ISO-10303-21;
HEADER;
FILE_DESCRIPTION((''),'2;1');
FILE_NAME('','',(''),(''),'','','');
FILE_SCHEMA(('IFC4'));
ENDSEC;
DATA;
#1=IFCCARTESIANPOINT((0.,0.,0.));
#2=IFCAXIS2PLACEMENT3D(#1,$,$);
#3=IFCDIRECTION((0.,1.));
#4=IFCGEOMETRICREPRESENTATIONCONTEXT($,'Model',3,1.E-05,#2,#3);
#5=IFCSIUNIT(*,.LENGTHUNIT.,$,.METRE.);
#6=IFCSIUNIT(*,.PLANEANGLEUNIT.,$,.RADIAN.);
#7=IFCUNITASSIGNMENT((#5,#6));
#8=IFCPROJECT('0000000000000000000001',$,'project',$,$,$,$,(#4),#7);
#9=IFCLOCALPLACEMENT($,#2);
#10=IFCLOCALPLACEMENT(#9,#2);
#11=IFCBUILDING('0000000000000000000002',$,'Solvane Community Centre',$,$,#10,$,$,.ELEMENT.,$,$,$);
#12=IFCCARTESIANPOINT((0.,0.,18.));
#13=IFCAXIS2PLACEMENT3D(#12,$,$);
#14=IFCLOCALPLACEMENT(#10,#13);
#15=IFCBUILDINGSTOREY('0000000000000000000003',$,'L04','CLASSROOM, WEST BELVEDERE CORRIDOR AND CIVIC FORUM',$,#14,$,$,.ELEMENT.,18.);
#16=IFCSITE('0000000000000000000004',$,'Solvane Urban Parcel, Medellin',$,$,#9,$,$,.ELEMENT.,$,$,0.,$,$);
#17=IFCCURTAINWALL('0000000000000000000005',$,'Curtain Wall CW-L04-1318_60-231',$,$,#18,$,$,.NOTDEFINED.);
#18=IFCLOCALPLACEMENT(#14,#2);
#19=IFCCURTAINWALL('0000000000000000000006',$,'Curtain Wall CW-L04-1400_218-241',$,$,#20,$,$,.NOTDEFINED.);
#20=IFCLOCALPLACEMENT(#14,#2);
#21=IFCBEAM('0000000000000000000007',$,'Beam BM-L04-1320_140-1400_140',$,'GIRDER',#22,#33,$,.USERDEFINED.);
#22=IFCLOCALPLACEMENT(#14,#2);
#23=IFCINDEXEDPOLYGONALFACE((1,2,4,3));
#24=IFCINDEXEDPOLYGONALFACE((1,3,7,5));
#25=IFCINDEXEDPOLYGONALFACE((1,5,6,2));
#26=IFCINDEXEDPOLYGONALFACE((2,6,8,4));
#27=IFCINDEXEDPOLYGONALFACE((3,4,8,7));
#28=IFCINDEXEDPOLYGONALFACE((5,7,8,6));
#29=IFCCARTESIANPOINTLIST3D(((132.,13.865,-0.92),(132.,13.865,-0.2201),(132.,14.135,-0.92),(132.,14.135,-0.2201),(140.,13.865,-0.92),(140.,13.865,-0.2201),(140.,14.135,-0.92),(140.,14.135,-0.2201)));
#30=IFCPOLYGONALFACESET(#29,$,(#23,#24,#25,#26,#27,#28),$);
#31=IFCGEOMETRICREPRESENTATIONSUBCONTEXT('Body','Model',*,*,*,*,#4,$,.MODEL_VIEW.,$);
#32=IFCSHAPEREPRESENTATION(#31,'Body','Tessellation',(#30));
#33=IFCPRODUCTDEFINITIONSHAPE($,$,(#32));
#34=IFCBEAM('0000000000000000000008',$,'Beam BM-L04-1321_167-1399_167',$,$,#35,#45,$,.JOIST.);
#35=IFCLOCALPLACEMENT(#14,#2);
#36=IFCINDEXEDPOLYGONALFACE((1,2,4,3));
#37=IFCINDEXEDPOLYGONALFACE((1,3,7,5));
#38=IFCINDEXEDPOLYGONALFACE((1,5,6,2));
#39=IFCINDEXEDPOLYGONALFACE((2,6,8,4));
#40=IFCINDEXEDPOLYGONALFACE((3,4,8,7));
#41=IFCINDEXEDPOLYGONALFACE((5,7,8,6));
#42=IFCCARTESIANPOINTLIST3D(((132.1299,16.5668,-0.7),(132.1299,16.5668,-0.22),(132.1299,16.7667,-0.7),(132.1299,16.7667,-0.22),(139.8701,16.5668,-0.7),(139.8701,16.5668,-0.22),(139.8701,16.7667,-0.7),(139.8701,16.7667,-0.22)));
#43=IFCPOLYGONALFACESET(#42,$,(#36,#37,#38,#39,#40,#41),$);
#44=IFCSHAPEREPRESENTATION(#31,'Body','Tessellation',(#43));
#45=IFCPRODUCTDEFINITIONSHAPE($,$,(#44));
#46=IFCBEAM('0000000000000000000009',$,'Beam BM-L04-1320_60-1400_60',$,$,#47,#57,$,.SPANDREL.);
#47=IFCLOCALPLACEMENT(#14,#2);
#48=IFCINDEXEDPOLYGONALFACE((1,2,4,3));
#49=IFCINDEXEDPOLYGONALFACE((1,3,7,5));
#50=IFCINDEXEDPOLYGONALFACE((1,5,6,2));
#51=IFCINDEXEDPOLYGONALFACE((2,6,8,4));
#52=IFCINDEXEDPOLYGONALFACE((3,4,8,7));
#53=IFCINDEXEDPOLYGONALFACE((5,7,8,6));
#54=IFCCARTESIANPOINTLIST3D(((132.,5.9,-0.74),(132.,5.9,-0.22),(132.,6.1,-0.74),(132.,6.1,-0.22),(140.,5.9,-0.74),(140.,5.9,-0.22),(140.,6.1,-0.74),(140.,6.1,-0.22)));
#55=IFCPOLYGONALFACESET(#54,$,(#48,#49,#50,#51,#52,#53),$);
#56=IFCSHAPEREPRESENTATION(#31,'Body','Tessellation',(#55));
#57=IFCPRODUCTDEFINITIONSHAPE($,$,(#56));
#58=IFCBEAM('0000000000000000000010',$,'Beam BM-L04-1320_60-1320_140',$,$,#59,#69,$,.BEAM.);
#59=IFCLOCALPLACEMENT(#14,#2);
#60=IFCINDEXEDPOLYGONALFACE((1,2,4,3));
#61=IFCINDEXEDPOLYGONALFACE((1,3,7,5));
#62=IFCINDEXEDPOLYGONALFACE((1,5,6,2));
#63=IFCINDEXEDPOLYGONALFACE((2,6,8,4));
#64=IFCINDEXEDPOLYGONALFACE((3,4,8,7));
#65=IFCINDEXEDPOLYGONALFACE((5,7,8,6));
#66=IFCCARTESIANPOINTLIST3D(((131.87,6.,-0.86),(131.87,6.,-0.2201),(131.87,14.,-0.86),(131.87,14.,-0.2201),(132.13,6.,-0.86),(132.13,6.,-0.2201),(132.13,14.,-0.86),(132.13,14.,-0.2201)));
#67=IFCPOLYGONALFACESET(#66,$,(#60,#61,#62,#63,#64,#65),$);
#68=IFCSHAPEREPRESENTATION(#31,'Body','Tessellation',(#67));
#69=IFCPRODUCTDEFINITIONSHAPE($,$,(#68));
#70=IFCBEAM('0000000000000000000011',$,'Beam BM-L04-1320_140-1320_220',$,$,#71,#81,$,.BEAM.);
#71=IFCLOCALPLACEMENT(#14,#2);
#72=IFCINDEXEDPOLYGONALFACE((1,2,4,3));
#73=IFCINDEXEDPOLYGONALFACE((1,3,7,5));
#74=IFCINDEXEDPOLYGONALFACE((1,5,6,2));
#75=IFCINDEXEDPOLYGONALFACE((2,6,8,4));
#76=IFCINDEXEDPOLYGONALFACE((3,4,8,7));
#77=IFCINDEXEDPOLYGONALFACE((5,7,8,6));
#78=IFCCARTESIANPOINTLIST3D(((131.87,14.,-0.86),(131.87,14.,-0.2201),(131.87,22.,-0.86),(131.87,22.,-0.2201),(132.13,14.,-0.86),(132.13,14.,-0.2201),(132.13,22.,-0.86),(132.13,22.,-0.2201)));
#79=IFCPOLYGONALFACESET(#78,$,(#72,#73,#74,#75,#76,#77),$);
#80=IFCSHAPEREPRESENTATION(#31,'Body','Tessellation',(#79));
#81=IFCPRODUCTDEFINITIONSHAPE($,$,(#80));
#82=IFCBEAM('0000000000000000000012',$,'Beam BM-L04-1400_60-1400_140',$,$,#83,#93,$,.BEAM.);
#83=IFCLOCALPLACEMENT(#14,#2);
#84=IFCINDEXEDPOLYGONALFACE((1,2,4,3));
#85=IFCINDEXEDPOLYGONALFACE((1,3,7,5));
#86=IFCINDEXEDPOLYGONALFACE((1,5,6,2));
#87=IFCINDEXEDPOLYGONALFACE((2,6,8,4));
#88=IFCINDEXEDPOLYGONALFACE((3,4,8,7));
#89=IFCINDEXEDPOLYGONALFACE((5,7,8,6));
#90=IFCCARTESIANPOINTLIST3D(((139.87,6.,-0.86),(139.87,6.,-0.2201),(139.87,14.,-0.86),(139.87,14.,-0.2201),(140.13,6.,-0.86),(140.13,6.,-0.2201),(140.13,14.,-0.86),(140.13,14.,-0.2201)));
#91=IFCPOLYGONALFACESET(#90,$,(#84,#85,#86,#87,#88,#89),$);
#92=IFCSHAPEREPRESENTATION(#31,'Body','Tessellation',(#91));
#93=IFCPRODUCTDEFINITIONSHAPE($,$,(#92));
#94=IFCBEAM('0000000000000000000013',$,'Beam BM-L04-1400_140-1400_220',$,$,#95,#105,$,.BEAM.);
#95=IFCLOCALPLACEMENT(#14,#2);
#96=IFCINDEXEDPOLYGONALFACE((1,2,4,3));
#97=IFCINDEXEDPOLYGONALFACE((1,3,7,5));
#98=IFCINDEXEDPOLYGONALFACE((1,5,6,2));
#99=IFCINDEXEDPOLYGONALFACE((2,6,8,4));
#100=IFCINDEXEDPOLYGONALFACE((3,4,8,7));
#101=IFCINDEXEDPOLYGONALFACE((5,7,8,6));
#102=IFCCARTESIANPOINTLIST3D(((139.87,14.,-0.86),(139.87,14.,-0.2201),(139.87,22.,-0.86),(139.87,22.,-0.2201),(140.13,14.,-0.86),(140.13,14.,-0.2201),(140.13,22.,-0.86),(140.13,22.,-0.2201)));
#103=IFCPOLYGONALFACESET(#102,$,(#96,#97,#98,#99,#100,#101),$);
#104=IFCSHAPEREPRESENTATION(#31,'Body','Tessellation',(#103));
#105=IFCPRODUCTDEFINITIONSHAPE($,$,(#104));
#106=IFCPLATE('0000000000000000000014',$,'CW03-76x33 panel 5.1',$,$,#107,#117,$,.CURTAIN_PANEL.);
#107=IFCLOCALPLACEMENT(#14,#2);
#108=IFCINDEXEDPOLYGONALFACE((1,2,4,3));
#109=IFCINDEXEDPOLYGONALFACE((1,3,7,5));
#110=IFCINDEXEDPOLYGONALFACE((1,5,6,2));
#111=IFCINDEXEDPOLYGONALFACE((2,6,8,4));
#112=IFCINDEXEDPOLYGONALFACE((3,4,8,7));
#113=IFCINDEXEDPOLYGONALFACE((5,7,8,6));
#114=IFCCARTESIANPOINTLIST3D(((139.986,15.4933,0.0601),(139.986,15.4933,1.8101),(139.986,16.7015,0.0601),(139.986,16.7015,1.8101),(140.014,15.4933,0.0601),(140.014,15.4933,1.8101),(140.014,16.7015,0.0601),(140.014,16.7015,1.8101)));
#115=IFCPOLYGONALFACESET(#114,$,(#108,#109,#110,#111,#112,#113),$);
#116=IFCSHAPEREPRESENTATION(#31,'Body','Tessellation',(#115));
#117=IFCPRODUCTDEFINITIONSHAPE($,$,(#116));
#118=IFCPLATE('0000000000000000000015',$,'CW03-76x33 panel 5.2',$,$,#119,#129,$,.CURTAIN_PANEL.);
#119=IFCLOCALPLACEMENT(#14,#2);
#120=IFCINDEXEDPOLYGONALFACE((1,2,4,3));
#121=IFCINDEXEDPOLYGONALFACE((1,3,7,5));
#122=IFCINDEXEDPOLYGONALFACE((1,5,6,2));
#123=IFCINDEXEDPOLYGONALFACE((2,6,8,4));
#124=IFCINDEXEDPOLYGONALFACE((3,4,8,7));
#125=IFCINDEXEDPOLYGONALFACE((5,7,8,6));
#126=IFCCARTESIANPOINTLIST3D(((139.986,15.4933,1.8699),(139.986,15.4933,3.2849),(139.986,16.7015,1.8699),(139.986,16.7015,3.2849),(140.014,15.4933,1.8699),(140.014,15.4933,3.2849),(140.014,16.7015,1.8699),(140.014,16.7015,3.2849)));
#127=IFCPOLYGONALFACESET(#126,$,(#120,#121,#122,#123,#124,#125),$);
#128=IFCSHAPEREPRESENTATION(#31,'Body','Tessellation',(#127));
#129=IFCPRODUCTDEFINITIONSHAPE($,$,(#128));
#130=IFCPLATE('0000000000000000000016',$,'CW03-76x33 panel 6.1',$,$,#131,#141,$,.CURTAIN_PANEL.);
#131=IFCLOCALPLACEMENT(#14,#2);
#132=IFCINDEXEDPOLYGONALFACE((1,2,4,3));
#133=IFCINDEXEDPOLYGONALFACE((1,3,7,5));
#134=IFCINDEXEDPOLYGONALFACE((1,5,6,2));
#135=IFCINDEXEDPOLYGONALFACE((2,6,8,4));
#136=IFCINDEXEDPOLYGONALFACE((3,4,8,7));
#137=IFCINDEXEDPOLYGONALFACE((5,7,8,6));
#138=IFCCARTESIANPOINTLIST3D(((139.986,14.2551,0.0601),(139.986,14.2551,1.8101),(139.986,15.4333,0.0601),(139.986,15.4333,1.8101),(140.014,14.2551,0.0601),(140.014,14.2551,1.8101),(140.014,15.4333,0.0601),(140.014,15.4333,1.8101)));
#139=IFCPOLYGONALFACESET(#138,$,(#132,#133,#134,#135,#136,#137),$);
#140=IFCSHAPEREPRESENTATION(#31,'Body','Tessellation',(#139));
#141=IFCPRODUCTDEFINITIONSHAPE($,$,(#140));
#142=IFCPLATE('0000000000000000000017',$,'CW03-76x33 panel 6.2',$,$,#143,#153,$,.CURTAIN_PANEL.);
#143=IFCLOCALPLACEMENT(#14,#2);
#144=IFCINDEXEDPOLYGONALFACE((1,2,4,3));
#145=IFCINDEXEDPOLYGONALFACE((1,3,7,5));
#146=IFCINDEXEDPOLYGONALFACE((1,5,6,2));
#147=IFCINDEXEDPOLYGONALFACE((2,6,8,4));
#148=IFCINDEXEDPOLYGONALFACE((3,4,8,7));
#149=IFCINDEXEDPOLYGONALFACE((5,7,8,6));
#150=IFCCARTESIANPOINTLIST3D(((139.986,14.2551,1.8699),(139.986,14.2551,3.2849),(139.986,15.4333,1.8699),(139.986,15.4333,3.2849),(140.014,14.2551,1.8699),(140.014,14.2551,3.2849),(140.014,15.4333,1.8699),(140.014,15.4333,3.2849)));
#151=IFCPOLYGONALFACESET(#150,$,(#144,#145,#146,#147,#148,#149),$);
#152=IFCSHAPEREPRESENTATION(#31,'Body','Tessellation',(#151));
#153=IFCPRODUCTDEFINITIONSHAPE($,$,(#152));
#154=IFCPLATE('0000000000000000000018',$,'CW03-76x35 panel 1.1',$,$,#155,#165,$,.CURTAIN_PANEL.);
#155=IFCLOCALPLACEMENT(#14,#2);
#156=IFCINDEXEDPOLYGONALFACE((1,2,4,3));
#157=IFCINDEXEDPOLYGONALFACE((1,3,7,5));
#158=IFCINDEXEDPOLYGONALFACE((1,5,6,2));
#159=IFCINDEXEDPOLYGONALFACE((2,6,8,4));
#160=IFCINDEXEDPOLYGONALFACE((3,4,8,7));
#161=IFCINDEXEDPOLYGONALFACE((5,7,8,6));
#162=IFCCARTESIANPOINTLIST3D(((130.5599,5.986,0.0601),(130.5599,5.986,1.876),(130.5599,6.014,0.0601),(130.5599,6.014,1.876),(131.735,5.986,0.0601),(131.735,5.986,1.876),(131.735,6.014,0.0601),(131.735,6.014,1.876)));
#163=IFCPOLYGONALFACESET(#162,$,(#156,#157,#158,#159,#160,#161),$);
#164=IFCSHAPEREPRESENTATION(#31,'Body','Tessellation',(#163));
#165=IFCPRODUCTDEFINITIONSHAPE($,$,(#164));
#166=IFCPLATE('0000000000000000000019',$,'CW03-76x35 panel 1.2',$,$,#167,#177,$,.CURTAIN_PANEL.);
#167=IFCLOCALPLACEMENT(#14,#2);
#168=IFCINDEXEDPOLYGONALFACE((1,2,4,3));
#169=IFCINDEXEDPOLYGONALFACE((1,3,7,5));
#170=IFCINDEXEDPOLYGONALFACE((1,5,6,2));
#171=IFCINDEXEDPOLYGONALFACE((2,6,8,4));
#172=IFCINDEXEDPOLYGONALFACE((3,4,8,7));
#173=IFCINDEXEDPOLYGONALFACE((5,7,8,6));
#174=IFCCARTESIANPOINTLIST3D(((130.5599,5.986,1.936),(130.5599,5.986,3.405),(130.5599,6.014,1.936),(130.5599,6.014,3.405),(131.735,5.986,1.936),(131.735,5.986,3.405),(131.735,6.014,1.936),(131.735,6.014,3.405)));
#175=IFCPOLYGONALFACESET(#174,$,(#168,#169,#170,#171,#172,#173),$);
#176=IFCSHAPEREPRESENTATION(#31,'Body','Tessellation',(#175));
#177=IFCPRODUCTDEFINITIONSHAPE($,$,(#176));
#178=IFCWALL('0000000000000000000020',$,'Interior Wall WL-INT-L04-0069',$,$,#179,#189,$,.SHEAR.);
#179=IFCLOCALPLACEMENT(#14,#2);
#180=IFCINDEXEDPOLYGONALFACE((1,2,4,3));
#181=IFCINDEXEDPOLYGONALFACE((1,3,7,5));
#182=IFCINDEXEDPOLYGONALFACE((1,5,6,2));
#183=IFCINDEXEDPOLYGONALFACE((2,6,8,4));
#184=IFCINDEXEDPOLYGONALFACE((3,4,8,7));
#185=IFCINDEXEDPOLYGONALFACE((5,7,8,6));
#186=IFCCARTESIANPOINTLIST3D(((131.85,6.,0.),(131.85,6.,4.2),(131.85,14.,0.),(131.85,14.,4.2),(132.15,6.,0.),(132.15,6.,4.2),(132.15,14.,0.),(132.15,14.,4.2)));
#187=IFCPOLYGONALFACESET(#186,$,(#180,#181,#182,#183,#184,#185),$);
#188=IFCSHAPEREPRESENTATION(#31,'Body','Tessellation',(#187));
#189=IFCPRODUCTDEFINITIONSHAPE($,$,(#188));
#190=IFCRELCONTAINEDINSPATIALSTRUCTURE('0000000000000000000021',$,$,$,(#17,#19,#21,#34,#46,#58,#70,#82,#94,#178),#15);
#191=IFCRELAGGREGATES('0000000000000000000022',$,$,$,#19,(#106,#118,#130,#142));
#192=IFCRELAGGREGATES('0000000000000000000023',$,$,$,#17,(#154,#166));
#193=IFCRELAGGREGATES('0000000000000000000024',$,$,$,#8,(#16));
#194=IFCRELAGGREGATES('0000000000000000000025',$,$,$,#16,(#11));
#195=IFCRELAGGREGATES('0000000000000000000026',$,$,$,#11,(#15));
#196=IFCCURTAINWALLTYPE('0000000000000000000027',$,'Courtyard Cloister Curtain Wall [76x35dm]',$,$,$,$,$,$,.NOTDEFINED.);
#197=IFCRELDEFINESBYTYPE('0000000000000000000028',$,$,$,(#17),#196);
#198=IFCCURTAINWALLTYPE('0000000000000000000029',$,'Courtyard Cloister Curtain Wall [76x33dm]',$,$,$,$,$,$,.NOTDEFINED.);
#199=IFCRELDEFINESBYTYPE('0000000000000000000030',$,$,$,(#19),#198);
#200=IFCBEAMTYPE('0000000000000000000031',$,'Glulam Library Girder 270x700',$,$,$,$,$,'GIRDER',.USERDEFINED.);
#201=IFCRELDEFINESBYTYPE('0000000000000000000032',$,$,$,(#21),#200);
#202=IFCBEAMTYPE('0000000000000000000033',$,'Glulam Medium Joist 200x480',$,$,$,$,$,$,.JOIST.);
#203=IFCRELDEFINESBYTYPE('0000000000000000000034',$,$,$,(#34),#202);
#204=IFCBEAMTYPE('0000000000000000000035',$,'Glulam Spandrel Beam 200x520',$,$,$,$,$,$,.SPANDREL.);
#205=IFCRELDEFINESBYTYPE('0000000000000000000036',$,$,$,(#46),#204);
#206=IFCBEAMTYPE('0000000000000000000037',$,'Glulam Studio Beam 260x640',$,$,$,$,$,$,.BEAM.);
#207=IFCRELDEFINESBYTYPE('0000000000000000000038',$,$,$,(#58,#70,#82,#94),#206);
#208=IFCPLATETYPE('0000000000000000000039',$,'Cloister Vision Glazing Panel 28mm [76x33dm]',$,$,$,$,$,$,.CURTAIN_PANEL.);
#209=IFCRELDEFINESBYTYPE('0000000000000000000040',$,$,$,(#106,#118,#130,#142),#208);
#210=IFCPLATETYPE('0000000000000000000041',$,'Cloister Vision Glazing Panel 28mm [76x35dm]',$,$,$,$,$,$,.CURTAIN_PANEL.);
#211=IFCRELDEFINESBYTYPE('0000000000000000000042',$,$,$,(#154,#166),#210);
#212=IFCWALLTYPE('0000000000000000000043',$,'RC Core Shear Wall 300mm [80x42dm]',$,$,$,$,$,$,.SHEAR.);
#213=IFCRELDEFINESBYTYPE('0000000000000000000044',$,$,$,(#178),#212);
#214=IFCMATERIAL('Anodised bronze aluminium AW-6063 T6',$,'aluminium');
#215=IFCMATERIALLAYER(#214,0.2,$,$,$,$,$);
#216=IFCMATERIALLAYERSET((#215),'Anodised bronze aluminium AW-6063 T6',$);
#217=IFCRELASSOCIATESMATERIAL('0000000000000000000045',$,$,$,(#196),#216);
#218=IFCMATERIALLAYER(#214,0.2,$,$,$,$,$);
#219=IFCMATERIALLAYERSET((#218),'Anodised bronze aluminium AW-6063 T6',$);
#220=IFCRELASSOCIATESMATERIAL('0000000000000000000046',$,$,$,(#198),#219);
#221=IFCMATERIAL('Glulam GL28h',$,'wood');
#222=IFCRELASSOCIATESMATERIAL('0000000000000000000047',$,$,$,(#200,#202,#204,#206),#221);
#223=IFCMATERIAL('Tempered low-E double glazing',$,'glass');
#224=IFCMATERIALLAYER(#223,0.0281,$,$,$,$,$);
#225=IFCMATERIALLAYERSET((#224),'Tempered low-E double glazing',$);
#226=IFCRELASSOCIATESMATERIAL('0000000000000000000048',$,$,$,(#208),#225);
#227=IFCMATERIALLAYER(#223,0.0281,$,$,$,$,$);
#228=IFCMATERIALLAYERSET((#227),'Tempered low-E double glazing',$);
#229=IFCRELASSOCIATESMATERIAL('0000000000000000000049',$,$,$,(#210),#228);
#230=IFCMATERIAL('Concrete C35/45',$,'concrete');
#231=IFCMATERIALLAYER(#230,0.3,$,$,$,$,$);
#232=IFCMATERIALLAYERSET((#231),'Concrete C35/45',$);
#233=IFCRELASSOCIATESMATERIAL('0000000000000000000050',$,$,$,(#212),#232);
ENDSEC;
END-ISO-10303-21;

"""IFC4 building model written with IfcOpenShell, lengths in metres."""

from ifc_helpers import new_model, si_unit, direction, frame, frame_2d, origin, origin_2d, place, context, subcontext, project, spatial, rectangle, extrude, material, layer, layer_set, material_profile, profile_set, type_object, element, aggregate, save


model = new_model("IFC4")

# Units and contexts
model_context = context("Model", 3, precision=1e-05, world=origin(), true_north=direction((0.0, 1.0)))
body_context = subcontext(model_context, "Body", "Model", "MODEL_VIEW")
ifc_project = project(units=[si_unit("LENGTHUNIT", "METRE"), si_unit("PLANEANGLEUNIT", "RADIAN")], contexts=[model_context])

# Site, building, storey
site_placement = place(None, origin())
site = spatial("IfcSite", under=ifc_project, at=site_placement, Name="Solvane Urban Parcel, Medellin", CompositionType="ELEMENT", RefElevation=0.0)
building_placement = place(site_placement, origin())
building = spatial("IfcBuilding", under=site, at=building_placement, Name="Solvane Community Centre", CompositionType="ELEMENT")
storey_placement = place(building_placement, frame((0.0, 0.0, 18.0)))
storey = spatial("IfcBuildingStorey", under=building, at=storey_placement, Name="L04", Description="CLASSROOM, WEST BELVEDERE CORRIDOR AND CIVIC FORUM", CompositionType="ELEMENT", Elevation=18.0)

# Curtain walls
ifc_material_1 = material(Name="Anodised bronze aluminium AW-6063 T6", Category="aluminium")
ifc_layer_1 = layer(ifc_material_1, 0.2)
ifc_layer_set_1 = layer_set([ifc_layer_1], Name="Anodised bronze aluminium AW-6063 T6")
curtain_wall_type_1 = type_object("IfcCurtainWallType", Name="Courtyard Cloister Curtain Wall [76x35dm]", PredefinedType="NOTDEFINED", material=ifc_layer_set_1)
curtain_wall_1_placement = place(storey_placement, origin())
curtain_wall_1 = element("IfcCurtainWall", 1, at=curtain_wall_1_placement, inside=storey, type_object=curtain_wall_type_1, Name="Curtain Wall CW-L04-1318_60-231", PredefinedType="NOTDEFINED")
ifc_layer_2 = layer(ifc_material_1, 0.2)
ifc_layer_set_2 = layer_set([ifc_layer_2], Name="Anodised bronze aluminium AW-6063 T6")
curtain_wall_type_2 = type_object("IfcCurtainWallType", Name="Courtyard Cloister Curtain Wall [76x33dm]", PredefinedType="NOTDEFINED", material=ifc_layer_set_2)
curtain_wall_2_placement = place(storey_placement, origin())
curtain_wall_2 = element("IfcCurtainWall", 2, at=curtain_wall_2_placement, inside=storey, type_object=curtain_wall_type_2, Name="Curtain Wall CW-L04-1400_218-241", PredefinedType="NOTDEFINED")

# Beams
ifc_material_2 = material(Name="Glulam GL28h", Category="wood")
ifc_material_profile_1 = material_profile(ifc_material_2, rectangle(XDim=0.27, YDim=0.7, at=origin_2d()), Name="GL28h 270x700")
ifc_profile_set_1 = profile_set([ifc_material_profile_1], Name="Glulam GL28h")
beam_type_1 = type_object("IfcBeamType", Name="Glulam Library Girder 270x700", ElementType="GIRDER", PredefinedType="USERDEFINED", material=ifc_profile_set_1)
beam_1_placement = place(storey_placement, frame((132.0, 14.0, -0.5701), z_axis=(1.0, 0.0, 0.0), x_axis=(0.0, 1.0, 0.0)))
element("IfcBeam", 3, at=beam_1_placement, inside=storey, type_object=beam_type_1, Name="Beam BM-L04-1320_140-1400_140", ObjectType="GIRDER", PredefinedType="USERDEFINED", context=body_context, shape_type="SweptSolid", body=[
    extrude(rectangle(XDim=0.27, YDim=0.7, at=origin_2d()), origin(), (0.0, 0.0, 1.0), 8.0),
])
ifc_material_profile_2 = material_profile(ifc_material_2, rectangle(XDim=0.2, YDim=0.48, at=origin_2d()), Name="GL28h 200x480")
ifc_profile_set_2 = profile_set([ifc_material_profile_2], Name="Glulam GL28h")
beam_type_2 = type_object("IfcBeamType", Name="Glulam Medium Joist 200x480", PredefinedType="JOIST", material=ifc_profile_set_2)
beam_2_placement = place(storey_placement, frame((132.1299, 16.6667, -0.46), z_axis=(1.0, 0.0, 0.0), x_axis=(0.0, 1.0, 0.0)))
element("IfcBeam", 4, at=beam_2_placement, inside=storey, type_object=beam_type_2, Name="Beam BM-L04-1321_167-1399_167", PredefinedType="JOIST", context=body_context, shape_type="SweptSolid", body=[
    extrude(rectangle(XDim=0.2, YDim=0.48, at=origin_2d()), origin(), (0.0, 0.0, 1.0), 7.7402),
])
ifc_material_profile_3 = material_profile(ifc_material_2, rectangle(XDim=0.2, YDim=0.52, at=origin_2d()), Name="GL28h 200x520")
ifc_profile_set_3 = profile_set([ifc_material_profile_3], Name="Glulam GL28h")
beam_type_3 = type_object("IfcBeamType", Name="Glulam Spandrel Beam 200x520", PredefinedType="SPANDREL", material=ifc_profile_set_3)
beam_3_placement = place(storey_placement, frame((132.0, 6.0, -0.48), z_axis=(1.0, 0.0, 0.0), x_axis=(0.0, 1.0, 0.0)))
element("IfcBeam", 5, at=beam_3_placement, inside=storey, type_object=beam_type_3, Name="Beam BM-L04-1320_60-1400_60", PredefinedType="SPANDREL", context=body_context, shape_type="SweptSolid", body=[
    extrude(rectangle(XDim=0.2, YDim=0.52, at=origin_2d()), origin(), (0.0, 0.0, 1.0), 8.0),
])
ifc_material_profile_4 = material_profile(ifc_material_2, rectangle(XDim=0.26, YDim=0.6399, at=origin_2d()), Name="GL28h 260x640")
ifc_profile_set_4 = profile_set([ifc_material_profile_4], Name="Glulam GL28h")
beam_type_4 = type_object("IfcBeamType", Name="Glulam Studio Beam 260x640", PredefinedType="BEAM", material=ifc_profile_set_4)
for number, where, z_axis, x_axis, name in (
    (6, (132.0, 6.0, -0.54), (0.0, 1.0, 0.0), (-1.0, 0.0, 0.0), "Beam BM-L04-1320_60-1320_140"),
    (7, (132.0, 14.0, -0.54), (0.0, 1.0, 0.0), (-1.0, 0.0, 0.0), "Beam BM-L04-1320_140-1320_220"),
    (8, (140.0, 6.0, -0.54), (0.0, 1.0, 0.0), (-1.0, 0.0, 0.0), "Beam BM-L04-1400_60-1400_140"),
    (9, (140.0, 14.0, -0.54), (0.0, 1.0, 0.0), (-1.0, 0.0, 0.0), "Beam BM-L04-1400_140-1400_220"),
):
    element("IfcBeam", number, at=place(storey_placement, frame(where, z_axis=z_axis, x_axis=x_axis)), inside=storey, type_object=beam_type_4, Name=name, PredefinedType="BEAM", context=body_context, shape_type="SweptSolid", body=[
        extrude(rectangle(XDim=0.26, YDim=0.6399, at=origin_2d()), origin(), (0.0, 0.0, 1.0), 8.0),
    ])

# Plates
ifc_material_3 = material(Name="Tempered low-E double glazing", Category="glass")
ifc_layer_3 = layer(ifc_material_3, 0.0281)
ifc_layer_set_3 = layer_set([ifc_layer_3], Name="Tempered low-E double glazing")
plate_type_1 = type_object("IfcPlateType", Name="Cloister Vision Glazing Panel 28mm [76x33dm]", PredefinedType="CURTAIN_PANEL", material=ifc_layer_set_3)
plate_1_placement = place(storey_placement, frame((140.0, 16.0974, 0.0601), z_axis=(0.0, 0.0, 1.0), x_axis=(0.0, -1.0, 0.0)))
plate_1 = element("IfcPlate", 10, at=plate_1_placement, type_object=plate_type_1, Name="CW03-76x33 panel 5.1", PredefinedType="CURTAIN_PANEL", context=body_context, shape_type="SweptSolid", body=[
    extrude(rectangle(XDim=1.2083, YDim=0.0281, at=origin_2d()), origin(), (0.0, 0.0, 1.0), 1.75),
])
plate_2_placement = place(storey_placement, frame((140.0, 16.0974, 1.8699), z_axis=(0.0, 0.0, 1.0), x_axis=(0.0, -1.0, 0.0)))
plate_2 = element("IfcPlate", 11, at=plate_2_placement, type_object=plate_type_1, Name="CW03-76x33 panel 5.2", PredefinedType="CURTAIN_PANEL", context=body_context, shape_type="SweptSolid", body=[
    extrude(rectangle(XDim=1.2083, YDim=0.0281, at=origin_2d()), origin(), (0.0, 0.0, 1.0), 1.415),
])
plate_3_placement = place(storey_placement, frame((140.0, 14.8442, 0.0601), z_axis=(0.0, 0.0, 1.0), x_axis=(0.0, -1.0, 0.0)))
plate_3 = element("IfcPlate", 12, at=plate_3_placement, type_object=plate_type_1, Name="CW03-76x33 panel 6.1", PredefinedType="CURTAIN_PANEL", context=body_context, shape_type="SweptSolid", body=[
    extrude(rectangle(XDim=1.1782, YDim=0.0281, at=origin_2d()), origin(), (0.0, 0.0, 1.0), 1.75),
])
plate_4_placement = place(storey_placement, frame((140.0, 14.8442, 1.8699), z_axis=(0.0, 0.0, 1.0), x_axis=(0.0, -1.0, 0.0)))
plate_4 = element("IfcPlate", 13, at=plate_4_placement, type_object=plate_type_1, Name="CW03-76x33 panel 6.2", PredefinedType="CURTAIN_PANEL", context=body_context, shape_type="SweptSolid", body=[
    extrude(rectangle(XDim=1.1782, YDim=0.0281, at=origin_2d()), origin(), (0.0, 0.0, 1.0), 1.415),
])
aggregate(curtain_wall_2, [plate_1, plate_2, plate_3, plate_4])
ifc_layer_4 = layer(ifc_material_3, 0.0281)
ifc_layer_set_4 = layer_set([ifc_layer_4], Name="Tempered low-E double glazing")
plate_type_2 = type_object("IfcPlateType", Name="Cloister Vision Glazing Panel 28mm [76x35dm]", PredefinedType="CURTAIN_PANEL", material=ifc_layer_set_4)
plate_5_placement = place(storey_placement, frame((131.1475, 6.0, 0.0601), z_axis=(0.0, 0.0, 1.0), x_axis=(-1.0, 0.0, 0.0)))
plate_5 = element("IfcPlate", 14, at=plate_5_placement, type_object=plate_type_2, Name="CW03-76x35 panel 1.1", PredefinedType="CURTAIN_PANEL", context=body_context, shape_type="SweptSolid", body=[
    extrude(rectangle(XDim=1.175, YDim=0.0281, at=origin_2d()), origin(), (0.0, 0.0, 1.0), 1.8159),
])
plate_6_placement = place(storey_placement, frame((131.1475, 6.0, 1.936), z_axis=(0.0, 0.0, 1.0), x_axis=(-1.0, 0.0, 0.0)))
plate_6 = element("IfcPlate", 15, at=plate_6_placement, type_object=plate_type_2, Name="CW03-76x35 panel 1.2", PredefinedType="CURTAIN_PANEL", context=body_context, shape_type="SweptSolid", body=[
    extrude(rectangle(XDim=1.175, YDim=0.0281, at=origin_2d()), origin(), (0.0, 0.0, 1.0), 1.469),
])
aggregate(curtain_wall_1, [plate_5, plate_6])

# Wall
ifc_material_4 = material(Name="Concrete C35/45", Category="concrete")
ifc_layer_5 = layer(ifc_material_4, 0.3)
ifc_layer_set_5 = layer_set([ifc_layer_5], Name="Concrete C35/45")
wall_type_1 = type_object("IfcWallType", Name="RC Core Shear Wall 300mm [80x42dm]", PredefinedType="SHEAR", material=ifc_layer_set_5)
wall_1_placement = place(storey_placement, frame((132.0, 6.0, 0.0), z_axis=(0.0, 0.0, 1.0), x_axis=(0.0, 1.0, 0.0)))
element("IfcWall", 16, at=wall_1_placement, inside=storey, type_object=wall_type_1, Name="Interior Wall WL-INT-L04-0069", PredefinedType="SHEAR", context=body_context, shape_type="SweptSolid", body=[
    extrude(rectangle(XDim=8.0, YDim=0.3, at=frame_2d((4.0, 0.0))), origin(), (0.0, 0.0, 1.0), 4.2),
])

save(model, "model.ifc")
